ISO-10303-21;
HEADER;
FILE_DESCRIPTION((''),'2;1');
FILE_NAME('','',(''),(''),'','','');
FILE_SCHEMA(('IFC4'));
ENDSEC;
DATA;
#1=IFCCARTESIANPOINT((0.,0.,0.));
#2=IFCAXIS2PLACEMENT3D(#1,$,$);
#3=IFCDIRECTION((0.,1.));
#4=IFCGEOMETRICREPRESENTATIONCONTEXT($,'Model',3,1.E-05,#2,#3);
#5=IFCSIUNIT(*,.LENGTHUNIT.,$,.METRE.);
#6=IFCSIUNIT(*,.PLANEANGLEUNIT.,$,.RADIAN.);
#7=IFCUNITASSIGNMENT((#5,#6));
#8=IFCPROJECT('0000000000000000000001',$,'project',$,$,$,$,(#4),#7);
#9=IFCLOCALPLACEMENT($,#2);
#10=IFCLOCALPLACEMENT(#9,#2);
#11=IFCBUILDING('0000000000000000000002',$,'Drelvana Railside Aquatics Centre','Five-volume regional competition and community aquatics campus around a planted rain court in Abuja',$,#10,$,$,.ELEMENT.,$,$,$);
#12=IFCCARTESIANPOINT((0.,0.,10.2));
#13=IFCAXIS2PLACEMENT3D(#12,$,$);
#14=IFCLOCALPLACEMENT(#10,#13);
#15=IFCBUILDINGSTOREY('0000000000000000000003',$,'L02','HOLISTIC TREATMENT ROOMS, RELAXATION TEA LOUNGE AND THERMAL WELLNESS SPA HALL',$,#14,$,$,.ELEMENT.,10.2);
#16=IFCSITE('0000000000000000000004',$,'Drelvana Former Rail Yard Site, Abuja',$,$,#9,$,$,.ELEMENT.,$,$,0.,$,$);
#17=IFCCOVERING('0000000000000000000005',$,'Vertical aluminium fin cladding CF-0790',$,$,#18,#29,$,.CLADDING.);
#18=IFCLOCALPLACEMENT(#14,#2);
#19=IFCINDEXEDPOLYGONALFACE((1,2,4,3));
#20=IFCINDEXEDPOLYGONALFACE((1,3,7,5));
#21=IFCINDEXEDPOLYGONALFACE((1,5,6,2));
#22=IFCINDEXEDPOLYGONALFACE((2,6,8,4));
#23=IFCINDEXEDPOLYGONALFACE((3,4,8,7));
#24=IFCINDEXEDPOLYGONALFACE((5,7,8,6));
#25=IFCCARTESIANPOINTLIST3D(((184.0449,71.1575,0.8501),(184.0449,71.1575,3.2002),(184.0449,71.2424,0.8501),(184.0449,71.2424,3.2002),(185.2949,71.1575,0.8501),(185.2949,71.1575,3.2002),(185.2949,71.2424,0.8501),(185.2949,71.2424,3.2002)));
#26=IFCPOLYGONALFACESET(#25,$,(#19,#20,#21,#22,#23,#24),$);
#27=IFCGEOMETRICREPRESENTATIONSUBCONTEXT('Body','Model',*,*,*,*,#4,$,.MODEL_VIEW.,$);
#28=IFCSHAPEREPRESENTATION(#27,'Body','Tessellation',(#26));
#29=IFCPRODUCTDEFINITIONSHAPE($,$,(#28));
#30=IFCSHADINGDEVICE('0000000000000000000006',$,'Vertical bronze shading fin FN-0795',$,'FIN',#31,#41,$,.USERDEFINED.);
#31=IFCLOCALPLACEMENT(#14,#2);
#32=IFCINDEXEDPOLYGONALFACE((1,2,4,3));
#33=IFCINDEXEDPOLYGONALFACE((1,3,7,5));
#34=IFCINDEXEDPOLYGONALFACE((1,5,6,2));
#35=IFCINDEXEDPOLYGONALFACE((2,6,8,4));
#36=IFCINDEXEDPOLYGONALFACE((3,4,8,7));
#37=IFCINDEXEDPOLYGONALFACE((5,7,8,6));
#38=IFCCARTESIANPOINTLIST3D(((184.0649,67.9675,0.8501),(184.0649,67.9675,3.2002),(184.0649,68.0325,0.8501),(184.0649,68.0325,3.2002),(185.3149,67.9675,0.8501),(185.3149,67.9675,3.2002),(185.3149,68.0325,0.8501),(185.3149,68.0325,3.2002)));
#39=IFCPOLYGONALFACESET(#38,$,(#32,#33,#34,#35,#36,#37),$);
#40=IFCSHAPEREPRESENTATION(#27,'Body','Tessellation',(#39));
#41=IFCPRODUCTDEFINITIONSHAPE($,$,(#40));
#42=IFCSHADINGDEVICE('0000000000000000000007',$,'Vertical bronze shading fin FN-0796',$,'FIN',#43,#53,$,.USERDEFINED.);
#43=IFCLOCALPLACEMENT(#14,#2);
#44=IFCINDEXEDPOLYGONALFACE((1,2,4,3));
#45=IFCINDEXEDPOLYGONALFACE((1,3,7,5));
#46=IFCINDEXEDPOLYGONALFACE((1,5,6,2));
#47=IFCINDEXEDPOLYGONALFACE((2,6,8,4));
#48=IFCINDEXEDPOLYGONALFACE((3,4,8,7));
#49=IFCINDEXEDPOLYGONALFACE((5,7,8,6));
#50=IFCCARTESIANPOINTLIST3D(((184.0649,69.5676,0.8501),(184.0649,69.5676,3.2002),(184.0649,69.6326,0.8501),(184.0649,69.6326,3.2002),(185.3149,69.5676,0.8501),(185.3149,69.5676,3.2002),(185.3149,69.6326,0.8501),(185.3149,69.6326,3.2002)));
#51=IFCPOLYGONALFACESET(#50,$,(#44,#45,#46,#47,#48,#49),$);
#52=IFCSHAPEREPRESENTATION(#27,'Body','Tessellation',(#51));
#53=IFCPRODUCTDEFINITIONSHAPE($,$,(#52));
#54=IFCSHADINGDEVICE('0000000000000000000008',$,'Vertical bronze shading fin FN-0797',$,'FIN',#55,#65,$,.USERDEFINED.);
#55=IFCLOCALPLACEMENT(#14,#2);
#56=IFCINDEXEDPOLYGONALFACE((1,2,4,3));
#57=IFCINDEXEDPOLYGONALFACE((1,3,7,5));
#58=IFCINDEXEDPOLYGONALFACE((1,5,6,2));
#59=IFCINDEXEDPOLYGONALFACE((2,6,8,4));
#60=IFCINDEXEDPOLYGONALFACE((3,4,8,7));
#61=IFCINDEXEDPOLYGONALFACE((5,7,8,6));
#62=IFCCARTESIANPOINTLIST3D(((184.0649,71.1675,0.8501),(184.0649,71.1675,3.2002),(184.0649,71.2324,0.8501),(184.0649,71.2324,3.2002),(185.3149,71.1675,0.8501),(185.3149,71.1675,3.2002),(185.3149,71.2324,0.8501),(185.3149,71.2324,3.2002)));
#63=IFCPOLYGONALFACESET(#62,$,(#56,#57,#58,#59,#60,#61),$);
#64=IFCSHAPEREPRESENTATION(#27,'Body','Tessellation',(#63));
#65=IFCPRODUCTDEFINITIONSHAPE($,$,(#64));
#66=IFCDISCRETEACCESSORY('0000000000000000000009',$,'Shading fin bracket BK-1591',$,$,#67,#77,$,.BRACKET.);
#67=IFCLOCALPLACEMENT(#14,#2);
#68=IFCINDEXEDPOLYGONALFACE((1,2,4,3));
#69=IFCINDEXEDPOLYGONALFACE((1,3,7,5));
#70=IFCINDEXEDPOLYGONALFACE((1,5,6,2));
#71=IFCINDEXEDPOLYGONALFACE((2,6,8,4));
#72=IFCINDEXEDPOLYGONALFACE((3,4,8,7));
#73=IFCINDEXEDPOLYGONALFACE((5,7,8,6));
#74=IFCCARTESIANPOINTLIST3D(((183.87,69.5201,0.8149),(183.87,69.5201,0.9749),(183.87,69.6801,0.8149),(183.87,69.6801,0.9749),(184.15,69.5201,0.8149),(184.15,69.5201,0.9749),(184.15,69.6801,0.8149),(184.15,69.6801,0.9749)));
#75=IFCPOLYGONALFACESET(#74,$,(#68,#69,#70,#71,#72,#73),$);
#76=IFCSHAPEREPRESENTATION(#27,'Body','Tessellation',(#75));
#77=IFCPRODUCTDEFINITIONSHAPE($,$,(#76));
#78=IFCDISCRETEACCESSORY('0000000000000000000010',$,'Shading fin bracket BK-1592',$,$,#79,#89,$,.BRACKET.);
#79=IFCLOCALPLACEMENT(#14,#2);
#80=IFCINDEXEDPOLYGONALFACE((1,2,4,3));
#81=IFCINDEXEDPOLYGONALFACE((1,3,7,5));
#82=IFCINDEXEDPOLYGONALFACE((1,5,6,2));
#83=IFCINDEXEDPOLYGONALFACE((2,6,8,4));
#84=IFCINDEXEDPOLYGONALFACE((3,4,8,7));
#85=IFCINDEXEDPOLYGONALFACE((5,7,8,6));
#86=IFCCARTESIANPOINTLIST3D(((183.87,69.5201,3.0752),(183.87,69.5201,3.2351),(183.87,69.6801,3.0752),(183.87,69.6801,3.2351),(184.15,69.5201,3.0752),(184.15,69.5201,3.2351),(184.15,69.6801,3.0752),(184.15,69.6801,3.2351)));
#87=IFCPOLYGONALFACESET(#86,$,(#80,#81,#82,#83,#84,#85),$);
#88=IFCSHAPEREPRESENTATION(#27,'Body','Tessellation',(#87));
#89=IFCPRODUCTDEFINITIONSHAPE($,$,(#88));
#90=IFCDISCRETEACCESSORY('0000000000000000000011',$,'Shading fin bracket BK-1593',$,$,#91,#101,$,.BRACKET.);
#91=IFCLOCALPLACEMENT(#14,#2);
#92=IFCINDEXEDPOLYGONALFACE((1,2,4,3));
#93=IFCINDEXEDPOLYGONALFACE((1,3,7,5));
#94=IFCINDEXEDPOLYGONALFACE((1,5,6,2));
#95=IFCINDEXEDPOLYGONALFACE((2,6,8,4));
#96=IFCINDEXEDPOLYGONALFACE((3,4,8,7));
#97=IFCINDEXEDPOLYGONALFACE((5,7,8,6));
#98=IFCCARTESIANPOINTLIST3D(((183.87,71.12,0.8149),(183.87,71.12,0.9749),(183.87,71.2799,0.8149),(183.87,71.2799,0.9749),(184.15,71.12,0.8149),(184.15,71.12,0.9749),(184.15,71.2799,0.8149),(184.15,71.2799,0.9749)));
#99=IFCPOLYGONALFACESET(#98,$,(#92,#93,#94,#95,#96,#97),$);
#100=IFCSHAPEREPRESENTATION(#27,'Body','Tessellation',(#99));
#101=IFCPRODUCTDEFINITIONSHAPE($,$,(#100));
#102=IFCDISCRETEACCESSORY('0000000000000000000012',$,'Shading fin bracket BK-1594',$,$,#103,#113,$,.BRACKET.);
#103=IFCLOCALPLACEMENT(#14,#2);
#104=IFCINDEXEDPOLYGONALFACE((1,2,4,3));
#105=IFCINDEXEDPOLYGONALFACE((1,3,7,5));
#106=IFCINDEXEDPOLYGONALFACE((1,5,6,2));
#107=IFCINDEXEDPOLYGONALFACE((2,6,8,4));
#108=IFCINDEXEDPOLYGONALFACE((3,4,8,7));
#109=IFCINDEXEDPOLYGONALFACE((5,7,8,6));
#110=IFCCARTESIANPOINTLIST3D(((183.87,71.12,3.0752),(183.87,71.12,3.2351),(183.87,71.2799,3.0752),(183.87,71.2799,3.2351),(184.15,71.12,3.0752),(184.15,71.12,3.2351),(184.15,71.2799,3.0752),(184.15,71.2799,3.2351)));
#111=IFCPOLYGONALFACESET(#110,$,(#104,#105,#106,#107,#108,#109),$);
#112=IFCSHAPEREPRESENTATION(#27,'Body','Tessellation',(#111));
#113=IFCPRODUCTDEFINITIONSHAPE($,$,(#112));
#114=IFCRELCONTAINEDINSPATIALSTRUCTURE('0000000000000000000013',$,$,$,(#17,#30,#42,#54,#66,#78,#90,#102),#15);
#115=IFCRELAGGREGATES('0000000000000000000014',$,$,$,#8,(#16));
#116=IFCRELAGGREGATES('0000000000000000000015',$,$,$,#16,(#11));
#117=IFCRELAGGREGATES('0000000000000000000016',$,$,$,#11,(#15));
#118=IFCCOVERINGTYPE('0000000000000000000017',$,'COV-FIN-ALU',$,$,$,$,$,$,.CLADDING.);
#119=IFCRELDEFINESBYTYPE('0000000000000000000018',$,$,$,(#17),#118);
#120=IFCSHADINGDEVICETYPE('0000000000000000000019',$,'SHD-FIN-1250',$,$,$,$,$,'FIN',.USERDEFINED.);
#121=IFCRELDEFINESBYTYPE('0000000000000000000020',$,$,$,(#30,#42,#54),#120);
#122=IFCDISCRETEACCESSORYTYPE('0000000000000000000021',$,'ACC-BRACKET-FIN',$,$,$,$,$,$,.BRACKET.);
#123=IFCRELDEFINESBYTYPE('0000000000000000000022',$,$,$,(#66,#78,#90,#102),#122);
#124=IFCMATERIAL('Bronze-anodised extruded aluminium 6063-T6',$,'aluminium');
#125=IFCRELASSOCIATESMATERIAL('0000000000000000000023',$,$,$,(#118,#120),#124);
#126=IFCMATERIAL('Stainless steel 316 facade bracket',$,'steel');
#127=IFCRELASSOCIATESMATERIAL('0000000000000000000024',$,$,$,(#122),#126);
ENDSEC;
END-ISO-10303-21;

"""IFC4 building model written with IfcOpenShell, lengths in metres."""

from ifc_helpers import new_model, si_unit, direction, frame, origin, origin_2d, place, context, subcontext, project, spatial, rectangle, extrude, material, type_object, element, save


model = new_model("IFC4")

# Units and contexts
model_context = context("Model", 3, precision=1e-05, world=origin(), true_north=direction((0.0, 1.0)))
body_context = subcontext(model_context, "Body", "Model", "MODEL_VIEW")
ifc_project = project(units=[si_unit("LENGTHUNIT", "METRE"), si_unit("PLANEANGLEUNIT", "RADIAN")], contexts=[model_context])

# Site, building, storey
site_placement = place(None, origin())
site = spatial("IfcSite", under=ifc_project, at=site_placement, Name="Drelvana Former Rail Yard Site, Abuja", CompositionType="ELEMENT", RefElevation=0.0)
building_placement = place(site_placement, origin())
building = spatial("IfcBuilding", under=site, at=building_placement, Name="Drelvana Railside Aquatics Centre", Description="Five-volume regional competition and community aquatics campus around a planted rain court in Abuja", CompositionType="ELEMENT")
storey_placement = place(building_placement, frame((0.0, 0.0, 10.2)))
storey = spatial("IfcBuildingStorey", under=building, at=storey_placement, Name="L02", Description="HOLISTIC TREATMENT ROOMS, RELAXATION TEA LOUNGE AND THERMAL WELLNESS SPA HALL", CompositionType="ELEMENT", Elevation=10.2)

# Covering
ifc_material_1 = material(Name="Bronze-anodised extruded aluminium 6063-T6", Category="aluminium")
covering_type = type_object("IfcCoveringType", Name="COV-FIN-ALU", PredefinedType="CLADDING", material=ifc_material_1)
for number, where, z_axis, x_axis, name in (
    (1, (184.6699, 71.2, 0.8501), (0.0, 0.0, 1.0), (0.0, -1.0, 0.0), "Vertical aluminium fin cladding CF-0790"),
):
    element("IfcCovering", number, at=place(storey_placement, frame(where, z_axis=z_axis, x_axis=x_axis)), inside=storey, type_object=covering_type, Name=name, PredefinedType="CLADDING", context=body_context, shape_type="SweptSolid", body=[
        extrude(rectangle(XDim=0.085, YDim=1.25, at=origin_2d()), origin(), (0.0, 0.0, 1.0), 2.3501),
    ])

# Shading devices
shading_device_type = type_object("IfcShadingDeviceType", Name="SHD-FIN-1250", ElementType="FIN", PredefinedType="USERDEFINED", material=ifc_material_1)
for number, where, z_axis, x_axis, name in (
    (2, (184.6899, 68.0, 0.8501), (0.0, 0.0, 1.0), (1.0, 0.0, 0.0), "Vertical bronze shading fin FN-0795"),
    (3, (184.6899, 69.6001, 0.8501), (0.0, 0.0, 1.0), (1.0, 0.0, 0.0), "Vertical bronze shading fin FN-0796"),
    (4, (184.6899, 71.2, 0.8501), (0.0, 0.0, 1.0), (1.0, 0.0, 0.0), "Vertical bronze shading fin FN-0797"),
):
    element("IfcShadingDevice", number, at=place(storey_placement, frame(where, z_axis=z_axis, x_axis=x_axis)), inside=storey, type_object=shading_device_type, Name=name, ObjectType="FIN", PredefinedType="USERDEFINED", context=body_context, shape_type="SweptSolid", body=[
        extrude(rectangle(XDim=1.25, YDim=0.0649, at=origin_2d()), origin(), (0.0, 0.0, 1.0), 2.3501),
    ])

# Discrete accessories
ifc_material_2 = material(Name="Stainless steel 316 facade bracket", Category="steel")
discrete_accessory_type = type_object("IfcDiscreteAccessoryType", Name="ACC-BRACKET-FIN", PredefinedType="BRACKET", material=ifc_material_2)
for number, where, z_axis, x_axis, name in (
    (5, (184.01, 69.6001, 0.8149), (0.0, 0.0, 1.0), (1.0, 0.0, 0.0), "Shading fin bracket BK-1591"),
    (6, (184.01, 69.6001, 3.0752), (0.0, 0.0, 1.0), (1.0, 0.0, 0.0), "Shading fin bracket BK-1592"),
    (7, (184.01, 71.2, 0.8149), (0.0, 0.0, 1.0), (1.0, 0.0, 0.0), "Shading fin bracket BK-1593"),
    (8, (184.01, 71.2, 3.0752), (0.0, 0.0, 1.0), (1.0, 0.0, 0.0), "Shading fin bracket BK-1594"),
):
    element("IfcDiscreteAccessory", number, at=place(storey_placement, frame(where, z_axis=z_axis, x_axis=x_axis)), inside=storey, type_object=discrete_accessory_type, Name=name, PredefinedType="BRACKET", context=body_context, shape_type="SweptSolid", body=[
        extrude(rectangle(XDim=0.28, YDim=0.1599, at=origin_2d()), origin(), (0.0, 0.0, 1.0), 0.1599),
    ])

save(model, "model.ifc")
